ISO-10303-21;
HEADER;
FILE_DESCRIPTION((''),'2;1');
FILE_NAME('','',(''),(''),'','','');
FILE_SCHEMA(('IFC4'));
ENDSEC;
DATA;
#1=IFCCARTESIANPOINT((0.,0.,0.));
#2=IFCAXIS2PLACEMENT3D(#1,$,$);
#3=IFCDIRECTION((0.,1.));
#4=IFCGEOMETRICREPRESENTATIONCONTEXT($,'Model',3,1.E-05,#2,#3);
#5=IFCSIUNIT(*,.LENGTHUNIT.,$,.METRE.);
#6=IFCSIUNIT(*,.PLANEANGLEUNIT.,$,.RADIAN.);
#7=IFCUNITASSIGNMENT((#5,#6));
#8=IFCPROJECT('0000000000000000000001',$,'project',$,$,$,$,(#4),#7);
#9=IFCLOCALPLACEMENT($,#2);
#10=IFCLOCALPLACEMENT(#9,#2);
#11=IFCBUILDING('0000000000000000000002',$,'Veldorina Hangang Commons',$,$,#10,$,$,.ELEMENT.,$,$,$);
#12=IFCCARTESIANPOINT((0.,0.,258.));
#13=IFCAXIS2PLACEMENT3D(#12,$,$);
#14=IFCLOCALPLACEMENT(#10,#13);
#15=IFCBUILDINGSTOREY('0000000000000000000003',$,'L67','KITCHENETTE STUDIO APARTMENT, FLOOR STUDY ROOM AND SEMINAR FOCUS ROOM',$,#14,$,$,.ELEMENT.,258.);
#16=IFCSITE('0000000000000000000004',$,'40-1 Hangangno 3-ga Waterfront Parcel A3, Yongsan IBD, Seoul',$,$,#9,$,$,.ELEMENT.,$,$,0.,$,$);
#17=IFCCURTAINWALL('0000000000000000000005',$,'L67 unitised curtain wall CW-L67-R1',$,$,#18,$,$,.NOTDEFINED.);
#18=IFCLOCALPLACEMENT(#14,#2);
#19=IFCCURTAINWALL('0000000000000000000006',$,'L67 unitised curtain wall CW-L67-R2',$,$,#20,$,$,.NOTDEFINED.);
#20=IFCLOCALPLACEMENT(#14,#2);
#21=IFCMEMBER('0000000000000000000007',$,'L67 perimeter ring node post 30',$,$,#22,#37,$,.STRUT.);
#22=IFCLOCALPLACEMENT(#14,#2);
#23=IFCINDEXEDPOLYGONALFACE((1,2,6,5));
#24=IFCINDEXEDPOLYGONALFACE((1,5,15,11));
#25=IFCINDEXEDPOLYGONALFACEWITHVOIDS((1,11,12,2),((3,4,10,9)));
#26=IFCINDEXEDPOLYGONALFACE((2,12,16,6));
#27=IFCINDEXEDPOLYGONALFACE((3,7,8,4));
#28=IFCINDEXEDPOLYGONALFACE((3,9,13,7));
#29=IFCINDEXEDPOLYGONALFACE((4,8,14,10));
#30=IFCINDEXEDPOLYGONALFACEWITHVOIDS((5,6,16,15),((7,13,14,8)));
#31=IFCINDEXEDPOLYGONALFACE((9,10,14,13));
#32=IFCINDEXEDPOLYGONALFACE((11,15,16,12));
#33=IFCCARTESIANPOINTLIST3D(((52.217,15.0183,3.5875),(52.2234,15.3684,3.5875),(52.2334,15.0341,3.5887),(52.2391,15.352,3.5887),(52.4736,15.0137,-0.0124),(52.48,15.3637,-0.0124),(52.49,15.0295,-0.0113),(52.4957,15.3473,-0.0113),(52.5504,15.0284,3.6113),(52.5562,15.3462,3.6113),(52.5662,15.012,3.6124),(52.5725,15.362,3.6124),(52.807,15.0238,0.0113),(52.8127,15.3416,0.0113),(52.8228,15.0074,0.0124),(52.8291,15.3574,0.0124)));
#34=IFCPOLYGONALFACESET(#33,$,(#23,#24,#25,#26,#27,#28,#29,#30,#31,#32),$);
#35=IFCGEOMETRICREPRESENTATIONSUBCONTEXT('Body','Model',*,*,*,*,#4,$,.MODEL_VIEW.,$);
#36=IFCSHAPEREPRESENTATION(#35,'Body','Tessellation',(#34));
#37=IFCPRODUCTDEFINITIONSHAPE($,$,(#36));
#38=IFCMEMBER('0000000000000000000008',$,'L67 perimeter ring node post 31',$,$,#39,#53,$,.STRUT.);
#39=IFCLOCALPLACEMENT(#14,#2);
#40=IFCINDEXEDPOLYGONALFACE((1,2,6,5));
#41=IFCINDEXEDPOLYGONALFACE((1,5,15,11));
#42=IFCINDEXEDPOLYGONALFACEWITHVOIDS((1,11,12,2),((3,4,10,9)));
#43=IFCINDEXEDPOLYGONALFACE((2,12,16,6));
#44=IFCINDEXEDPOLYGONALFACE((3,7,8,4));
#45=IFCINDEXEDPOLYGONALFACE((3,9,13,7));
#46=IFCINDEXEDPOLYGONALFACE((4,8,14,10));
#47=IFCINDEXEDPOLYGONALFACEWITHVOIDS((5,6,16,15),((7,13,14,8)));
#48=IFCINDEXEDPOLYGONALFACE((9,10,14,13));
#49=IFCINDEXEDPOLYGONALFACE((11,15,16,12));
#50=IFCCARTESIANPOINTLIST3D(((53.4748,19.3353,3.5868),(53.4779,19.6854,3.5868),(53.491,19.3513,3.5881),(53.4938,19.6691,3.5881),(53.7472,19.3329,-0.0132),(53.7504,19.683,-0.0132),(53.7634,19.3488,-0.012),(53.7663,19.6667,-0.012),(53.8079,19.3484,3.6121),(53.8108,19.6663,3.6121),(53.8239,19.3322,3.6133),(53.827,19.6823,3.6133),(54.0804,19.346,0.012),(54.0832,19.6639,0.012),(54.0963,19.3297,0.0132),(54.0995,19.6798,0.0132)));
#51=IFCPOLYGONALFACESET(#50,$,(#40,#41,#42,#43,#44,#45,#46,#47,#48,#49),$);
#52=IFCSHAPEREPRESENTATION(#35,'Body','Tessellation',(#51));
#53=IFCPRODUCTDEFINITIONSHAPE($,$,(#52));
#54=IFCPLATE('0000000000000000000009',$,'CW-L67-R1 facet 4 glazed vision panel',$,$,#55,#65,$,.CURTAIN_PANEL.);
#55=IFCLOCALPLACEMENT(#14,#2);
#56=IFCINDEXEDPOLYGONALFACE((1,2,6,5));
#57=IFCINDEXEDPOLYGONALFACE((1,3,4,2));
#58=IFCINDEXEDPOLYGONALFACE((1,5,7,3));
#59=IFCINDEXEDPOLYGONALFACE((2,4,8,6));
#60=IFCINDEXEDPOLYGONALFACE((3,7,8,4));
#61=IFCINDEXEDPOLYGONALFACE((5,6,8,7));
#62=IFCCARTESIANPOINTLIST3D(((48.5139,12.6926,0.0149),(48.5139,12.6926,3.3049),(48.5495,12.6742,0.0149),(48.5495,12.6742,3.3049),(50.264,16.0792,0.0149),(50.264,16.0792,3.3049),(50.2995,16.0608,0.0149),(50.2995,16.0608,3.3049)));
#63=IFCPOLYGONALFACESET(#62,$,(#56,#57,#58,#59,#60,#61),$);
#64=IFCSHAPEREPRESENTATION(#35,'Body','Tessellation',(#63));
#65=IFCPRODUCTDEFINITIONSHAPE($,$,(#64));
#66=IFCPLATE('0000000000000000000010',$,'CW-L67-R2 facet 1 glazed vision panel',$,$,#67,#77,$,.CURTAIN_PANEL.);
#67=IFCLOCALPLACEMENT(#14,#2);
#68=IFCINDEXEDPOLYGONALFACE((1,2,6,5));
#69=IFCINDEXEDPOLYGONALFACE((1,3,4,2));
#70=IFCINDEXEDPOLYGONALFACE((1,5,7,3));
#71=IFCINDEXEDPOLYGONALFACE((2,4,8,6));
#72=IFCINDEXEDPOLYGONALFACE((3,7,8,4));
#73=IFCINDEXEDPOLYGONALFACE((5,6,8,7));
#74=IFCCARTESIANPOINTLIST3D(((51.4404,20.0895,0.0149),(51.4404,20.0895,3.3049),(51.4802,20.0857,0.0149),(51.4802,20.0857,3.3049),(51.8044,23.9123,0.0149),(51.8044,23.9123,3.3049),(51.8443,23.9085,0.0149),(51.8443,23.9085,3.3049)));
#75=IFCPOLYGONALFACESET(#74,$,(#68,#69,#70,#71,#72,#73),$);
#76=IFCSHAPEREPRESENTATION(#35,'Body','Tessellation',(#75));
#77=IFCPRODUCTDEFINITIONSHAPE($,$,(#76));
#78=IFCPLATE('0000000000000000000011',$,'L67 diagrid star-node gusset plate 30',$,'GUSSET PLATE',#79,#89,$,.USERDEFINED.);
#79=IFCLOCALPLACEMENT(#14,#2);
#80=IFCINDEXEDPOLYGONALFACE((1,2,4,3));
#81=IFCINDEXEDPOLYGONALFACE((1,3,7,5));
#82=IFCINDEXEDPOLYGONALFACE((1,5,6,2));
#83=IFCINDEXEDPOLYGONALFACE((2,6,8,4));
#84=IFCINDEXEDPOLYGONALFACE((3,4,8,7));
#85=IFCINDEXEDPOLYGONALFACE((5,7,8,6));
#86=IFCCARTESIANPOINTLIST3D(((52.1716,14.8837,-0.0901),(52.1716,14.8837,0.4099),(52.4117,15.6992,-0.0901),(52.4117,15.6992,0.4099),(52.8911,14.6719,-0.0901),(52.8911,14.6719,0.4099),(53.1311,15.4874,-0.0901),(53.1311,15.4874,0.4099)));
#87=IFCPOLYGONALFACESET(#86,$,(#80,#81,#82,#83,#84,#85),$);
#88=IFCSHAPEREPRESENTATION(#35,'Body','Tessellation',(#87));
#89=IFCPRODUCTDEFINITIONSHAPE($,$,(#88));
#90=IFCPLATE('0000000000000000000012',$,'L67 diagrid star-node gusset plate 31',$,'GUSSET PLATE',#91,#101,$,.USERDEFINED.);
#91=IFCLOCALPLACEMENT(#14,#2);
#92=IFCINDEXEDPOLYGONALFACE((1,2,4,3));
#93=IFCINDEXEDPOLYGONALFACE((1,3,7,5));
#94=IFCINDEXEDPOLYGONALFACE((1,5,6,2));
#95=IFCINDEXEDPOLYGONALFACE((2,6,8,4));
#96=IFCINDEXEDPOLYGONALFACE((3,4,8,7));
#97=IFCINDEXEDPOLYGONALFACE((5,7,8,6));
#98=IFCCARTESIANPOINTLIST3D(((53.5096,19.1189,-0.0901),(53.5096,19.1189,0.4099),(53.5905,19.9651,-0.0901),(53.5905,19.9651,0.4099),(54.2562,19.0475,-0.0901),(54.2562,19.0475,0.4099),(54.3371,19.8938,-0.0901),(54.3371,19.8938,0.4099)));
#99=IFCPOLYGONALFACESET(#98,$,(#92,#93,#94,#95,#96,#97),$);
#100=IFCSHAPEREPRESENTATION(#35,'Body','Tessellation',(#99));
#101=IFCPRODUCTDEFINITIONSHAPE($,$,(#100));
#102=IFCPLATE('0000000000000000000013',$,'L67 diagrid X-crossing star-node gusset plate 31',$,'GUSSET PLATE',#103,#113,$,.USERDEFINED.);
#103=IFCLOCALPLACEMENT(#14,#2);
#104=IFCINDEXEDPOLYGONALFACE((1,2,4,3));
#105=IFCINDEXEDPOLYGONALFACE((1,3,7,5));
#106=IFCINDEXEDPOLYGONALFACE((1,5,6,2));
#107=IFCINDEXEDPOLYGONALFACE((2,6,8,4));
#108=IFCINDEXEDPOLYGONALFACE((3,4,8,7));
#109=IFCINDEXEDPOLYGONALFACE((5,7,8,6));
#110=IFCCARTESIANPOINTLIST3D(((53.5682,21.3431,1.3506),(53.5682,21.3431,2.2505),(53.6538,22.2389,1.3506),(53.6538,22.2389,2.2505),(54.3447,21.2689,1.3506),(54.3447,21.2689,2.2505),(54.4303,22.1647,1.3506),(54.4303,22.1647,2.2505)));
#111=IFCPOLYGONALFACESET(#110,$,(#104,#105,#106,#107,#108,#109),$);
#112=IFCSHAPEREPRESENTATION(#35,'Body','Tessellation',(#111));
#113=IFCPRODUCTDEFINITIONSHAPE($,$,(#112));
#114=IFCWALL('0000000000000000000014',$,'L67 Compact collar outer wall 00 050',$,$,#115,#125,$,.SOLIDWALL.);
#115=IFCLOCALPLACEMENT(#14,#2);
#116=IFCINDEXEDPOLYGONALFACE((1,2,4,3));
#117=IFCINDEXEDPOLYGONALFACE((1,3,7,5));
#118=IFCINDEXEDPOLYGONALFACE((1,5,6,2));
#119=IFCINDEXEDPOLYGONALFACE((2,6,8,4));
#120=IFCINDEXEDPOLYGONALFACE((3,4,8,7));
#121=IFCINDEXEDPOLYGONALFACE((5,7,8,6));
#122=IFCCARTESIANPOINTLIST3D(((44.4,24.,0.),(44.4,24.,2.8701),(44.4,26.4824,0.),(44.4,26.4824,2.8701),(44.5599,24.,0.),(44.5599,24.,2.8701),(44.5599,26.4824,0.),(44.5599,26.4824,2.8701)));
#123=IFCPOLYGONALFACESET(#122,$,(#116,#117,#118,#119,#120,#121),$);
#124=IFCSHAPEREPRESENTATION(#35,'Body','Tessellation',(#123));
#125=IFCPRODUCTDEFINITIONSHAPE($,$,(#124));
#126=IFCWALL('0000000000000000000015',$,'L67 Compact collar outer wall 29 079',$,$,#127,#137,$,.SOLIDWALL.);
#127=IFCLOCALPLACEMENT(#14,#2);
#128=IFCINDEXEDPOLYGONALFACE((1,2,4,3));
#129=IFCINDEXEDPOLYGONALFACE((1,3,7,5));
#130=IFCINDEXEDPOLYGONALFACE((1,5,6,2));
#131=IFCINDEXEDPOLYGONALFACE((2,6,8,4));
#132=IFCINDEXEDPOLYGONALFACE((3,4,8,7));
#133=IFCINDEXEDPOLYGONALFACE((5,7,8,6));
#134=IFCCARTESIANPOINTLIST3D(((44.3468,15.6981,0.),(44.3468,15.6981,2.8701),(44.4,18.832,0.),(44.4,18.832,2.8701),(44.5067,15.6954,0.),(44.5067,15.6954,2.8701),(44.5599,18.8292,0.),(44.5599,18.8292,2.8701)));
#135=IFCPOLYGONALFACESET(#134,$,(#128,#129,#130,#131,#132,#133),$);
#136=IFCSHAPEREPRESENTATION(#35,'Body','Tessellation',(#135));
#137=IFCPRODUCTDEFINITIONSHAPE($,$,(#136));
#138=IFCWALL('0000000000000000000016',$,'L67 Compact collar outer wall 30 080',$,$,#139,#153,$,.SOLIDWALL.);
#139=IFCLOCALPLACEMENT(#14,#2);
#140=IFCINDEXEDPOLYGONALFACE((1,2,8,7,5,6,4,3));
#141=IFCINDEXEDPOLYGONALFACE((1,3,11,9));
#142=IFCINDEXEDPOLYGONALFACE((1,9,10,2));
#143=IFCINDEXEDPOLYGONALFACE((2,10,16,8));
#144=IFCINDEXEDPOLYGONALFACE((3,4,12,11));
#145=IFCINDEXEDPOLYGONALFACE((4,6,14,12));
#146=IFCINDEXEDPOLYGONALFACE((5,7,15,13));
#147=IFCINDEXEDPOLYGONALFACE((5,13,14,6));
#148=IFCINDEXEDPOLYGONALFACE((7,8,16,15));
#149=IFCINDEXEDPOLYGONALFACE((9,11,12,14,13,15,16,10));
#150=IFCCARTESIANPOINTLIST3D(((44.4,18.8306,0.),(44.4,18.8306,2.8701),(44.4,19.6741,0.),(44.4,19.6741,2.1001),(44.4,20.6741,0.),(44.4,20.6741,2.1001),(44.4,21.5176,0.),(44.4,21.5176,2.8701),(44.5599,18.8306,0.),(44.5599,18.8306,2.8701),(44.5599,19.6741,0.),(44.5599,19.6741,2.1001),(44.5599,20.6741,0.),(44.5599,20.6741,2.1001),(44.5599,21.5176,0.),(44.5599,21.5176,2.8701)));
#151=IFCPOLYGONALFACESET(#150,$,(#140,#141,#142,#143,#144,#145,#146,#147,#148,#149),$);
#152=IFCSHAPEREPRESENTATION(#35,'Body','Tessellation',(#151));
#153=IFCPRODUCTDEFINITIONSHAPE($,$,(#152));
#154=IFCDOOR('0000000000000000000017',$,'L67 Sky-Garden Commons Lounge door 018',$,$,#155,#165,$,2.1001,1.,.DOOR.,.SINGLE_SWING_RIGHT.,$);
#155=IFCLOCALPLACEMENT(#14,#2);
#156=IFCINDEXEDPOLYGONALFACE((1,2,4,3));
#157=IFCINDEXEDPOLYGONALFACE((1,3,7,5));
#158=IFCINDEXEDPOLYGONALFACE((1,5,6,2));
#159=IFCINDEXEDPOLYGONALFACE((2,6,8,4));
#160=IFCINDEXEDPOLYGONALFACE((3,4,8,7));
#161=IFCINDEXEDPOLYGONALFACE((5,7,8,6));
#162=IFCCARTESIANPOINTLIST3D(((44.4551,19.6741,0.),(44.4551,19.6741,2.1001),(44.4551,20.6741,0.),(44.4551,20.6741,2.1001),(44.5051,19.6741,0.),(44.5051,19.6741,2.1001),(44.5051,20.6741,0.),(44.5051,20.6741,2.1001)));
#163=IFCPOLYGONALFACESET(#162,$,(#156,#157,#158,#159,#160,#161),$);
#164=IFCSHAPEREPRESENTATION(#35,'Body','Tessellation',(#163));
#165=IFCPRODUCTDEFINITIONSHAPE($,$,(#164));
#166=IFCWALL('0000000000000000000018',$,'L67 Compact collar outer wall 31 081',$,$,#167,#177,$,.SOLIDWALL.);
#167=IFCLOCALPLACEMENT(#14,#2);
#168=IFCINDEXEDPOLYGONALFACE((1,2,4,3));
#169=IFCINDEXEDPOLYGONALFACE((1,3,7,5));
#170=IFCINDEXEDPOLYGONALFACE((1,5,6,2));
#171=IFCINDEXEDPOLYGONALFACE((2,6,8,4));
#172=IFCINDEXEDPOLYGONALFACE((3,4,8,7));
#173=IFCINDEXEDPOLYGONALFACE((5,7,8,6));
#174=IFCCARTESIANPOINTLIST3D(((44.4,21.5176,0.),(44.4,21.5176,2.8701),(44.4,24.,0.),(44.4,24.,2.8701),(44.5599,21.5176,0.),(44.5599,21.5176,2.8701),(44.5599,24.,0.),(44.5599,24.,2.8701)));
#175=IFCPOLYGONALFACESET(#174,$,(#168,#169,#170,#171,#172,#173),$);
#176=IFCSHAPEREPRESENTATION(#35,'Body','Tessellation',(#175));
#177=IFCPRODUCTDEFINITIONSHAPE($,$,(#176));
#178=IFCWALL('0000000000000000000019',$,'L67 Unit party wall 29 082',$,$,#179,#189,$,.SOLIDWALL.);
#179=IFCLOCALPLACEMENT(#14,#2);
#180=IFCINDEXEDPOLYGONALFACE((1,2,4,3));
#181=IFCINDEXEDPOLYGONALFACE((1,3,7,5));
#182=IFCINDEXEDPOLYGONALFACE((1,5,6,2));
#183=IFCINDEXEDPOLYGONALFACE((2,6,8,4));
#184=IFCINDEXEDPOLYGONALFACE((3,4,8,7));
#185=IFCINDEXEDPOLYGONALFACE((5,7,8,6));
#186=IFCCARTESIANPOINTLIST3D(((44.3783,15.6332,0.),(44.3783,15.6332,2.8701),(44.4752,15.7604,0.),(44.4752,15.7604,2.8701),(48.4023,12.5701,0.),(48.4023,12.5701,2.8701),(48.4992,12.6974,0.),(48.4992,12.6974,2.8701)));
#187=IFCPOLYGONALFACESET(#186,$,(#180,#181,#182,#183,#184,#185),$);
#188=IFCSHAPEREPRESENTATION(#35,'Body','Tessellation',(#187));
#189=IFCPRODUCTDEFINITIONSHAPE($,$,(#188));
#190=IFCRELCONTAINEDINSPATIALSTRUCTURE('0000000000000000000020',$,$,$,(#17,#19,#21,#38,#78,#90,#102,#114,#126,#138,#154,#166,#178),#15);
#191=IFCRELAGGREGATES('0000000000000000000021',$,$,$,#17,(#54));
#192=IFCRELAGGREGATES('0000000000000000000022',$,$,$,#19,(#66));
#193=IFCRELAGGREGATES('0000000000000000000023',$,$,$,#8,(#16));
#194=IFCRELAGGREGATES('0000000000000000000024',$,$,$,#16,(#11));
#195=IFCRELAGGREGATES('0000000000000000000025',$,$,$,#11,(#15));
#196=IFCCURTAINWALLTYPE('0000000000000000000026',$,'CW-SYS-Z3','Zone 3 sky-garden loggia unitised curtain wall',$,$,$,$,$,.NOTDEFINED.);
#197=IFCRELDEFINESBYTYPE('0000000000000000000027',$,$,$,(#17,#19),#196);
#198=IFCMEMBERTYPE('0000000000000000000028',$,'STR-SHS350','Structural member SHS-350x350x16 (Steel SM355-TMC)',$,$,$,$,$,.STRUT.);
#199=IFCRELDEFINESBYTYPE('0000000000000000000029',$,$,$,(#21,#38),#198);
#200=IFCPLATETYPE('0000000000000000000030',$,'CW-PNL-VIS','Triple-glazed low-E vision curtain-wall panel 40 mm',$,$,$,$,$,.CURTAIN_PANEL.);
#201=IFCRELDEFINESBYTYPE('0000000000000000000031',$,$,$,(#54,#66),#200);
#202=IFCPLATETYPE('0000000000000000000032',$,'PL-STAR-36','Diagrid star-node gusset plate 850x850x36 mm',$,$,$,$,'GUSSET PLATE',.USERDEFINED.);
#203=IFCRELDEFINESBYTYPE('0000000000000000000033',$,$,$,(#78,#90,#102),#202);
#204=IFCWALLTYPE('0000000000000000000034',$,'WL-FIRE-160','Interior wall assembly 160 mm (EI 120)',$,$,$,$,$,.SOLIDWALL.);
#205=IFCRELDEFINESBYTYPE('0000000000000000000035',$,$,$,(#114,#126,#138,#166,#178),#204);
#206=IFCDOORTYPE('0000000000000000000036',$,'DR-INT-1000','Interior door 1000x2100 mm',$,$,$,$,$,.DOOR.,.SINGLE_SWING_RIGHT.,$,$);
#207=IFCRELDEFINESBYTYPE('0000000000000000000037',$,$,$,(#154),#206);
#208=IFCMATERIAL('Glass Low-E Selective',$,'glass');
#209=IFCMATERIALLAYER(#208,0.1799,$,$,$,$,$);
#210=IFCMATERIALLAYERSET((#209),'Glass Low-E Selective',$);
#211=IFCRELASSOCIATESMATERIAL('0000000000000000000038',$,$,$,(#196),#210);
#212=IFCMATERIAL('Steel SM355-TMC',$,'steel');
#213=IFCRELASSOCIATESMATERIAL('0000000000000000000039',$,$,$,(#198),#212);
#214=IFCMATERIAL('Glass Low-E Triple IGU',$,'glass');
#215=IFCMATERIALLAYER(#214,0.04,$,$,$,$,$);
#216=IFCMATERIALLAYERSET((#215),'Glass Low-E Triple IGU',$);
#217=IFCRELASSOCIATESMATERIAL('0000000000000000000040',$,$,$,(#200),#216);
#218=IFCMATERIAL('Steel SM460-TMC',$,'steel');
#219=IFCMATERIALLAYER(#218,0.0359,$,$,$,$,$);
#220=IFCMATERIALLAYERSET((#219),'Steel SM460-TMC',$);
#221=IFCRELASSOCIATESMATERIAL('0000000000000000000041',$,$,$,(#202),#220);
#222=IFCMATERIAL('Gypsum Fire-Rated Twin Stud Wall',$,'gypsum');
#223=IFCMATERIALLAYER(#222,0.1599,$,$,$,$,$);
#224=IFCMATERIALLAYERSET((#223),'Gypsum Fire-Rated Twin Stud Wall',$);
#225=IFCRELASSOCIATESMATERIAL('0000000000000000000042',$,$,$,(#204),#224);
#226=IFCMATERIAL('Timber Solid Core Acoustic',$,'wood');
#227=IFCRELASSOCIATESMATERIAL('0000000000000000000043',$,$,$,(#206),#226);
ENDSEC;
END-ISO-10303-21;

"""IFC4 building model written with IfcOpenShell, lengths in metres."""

from ifc_helpers import new_model, si_unit, direction, frame, frame_2d, origin, origin_2d, place, context, subcontext, project, spatial, rectangle, hollow_rectangle, extrude, material, layer, layer_set, material_profile, profile_set, type_object, element, fill, aggregate, save


model = new_model("IFC4")

# Units and contexts
model_context = context("Model", 3, precision=1e-05, world=origin(), true_north=direction((0.0, 1.0)))
body_context = subcontext(model_context, "Body", "Model", "MODEL_VIEW")
ifc_project = project(units=[si_unit("LENGTHUNIT", "METRE"), si_unit("PLANEANGLEUNIT", "RADIAN")], contexts=[model_context])

# Site, building, storey
site_placement = place(None, origin())
site = spatial("IfcSite", under=ifc_project, at=site_placement, Name="40-1 Hangangno 3-ga Waterfront Parcel A3, Yongsan IBD, Seoul", CompositionType="ELEMENT", RefElevation=0.0)
building_placement = place(site_placement, origin())
building = spatial("IfcBuilding", under=site, at=building_placement, Name="Veldorina Hangang Commons", CompositionType="ELEMENT")
storey_placement = place(building_placement, frame((0.0, 0.0, 258.0)))
storey = spatial("IfcBuildingStorey", under=building, at=storey_placement, Name="L67", Description="KITCHENETTE STUDIO APARTMENT, FLOOR STUDY ROOM AND SEMINAR FOCUS ROOM", CompositionType="ELEMENT", Elevation=258.0)

# Shared definitions
ifc_material_1 = material(Name="Steel SM355-TMC", Category="steel")

# Curtain wall
ifc_material_2 = material(Name="Glass Low-E Selective", Category="glass")
ifc_layer_1 = layer(ifc_material_2, 0.1799)
ifc_layer_set_1 = layer_set([ifc_layer_1], Name="Glass Low-E Selective")
curtain_wall_type = type_object("IfcCurtainWallType", Name="CW-SYS-Z3", Description="Zone 3 sky-garden loggia unitised curtain wall", PredefinedType="NOTDEFINED", material=ifc_layer_set_1)
curtain_wall_1_placement = place(storey_placement, origin())
curtain_wall_1 = element("IfcCurtainWall", 1, at=curtain_wall_1_placement, inside=storey, type_object=curtain_wall_type, Name="L67 unitised curtain wall CW-L67-R1", PredefinedType="NOTDEFINED")

# Curtain wall
curtain_wall_2_placement = place(storey_placement, origin())
curtain_wall_2 = element("IfcCurtainWall", 2, at=curtain_wall_2_placement, inside=storey, type_object=curtain_wall_type, Name="L67 unitised curtain wall CW-L67-R2", PredefinedType="NOTDEFINED")

# Members
ifc_material_profile_1 = material_profile(ifc_material_1, hollow_rectangle(XDim=0.3501, YDim=0.3501, WallThickness=0.0161, at=origin_2d()), Name="SHS-350x350x16")
ifc_profile_set_1 = profile_set([ifc_material_profile_1], Name="Steel SM355-TMC")
member_type_1 = type_object("IfcMemberType", Name="STR-SHS350", Description="Structural member SHS-350x350x16 (Steel SM355-TMC)", PredefinedType="STRUT", material=ifc_profile_set_1)
member_1_placement = place(storey_placement, frame((52.6514, 15.1855, 0.0), z_axis=(-0.071093, 0.001285, 0.997469), x_axis=(-0.018075, -0.999837, 0.0)))
element("IfcMember", 3, at=member_1_placement, inside=storey, type_object=member_type_1, Name="L67 perimeter ring node post 30", PredefinedType="STRUT", context=body_context, shape_type="SweptSolid", body=[
    extrude(hollow_rectangle(XDim=0.3501, YDim=0.3501, WallThickness=0.0161, at=origin_2d()), origin(), (0.0, 0.0, 1.0), 3.6091),
])
member_2_placement = place(storey_placement, frame((53.9233, 19.5063, 0.0), z_axis=(-0.075466, 0.000676, 0.997148), x_axis=(-0.00896, -0.99996, 0.0)))
element("IfcMember", 4, at=member_2_placement, inside=storey, type_object=member_type_1, Name="L67 perimeter ring node post 31", PredefinedType="STRUT", context=body_context, shape_type="SweptSolid", body=[
    extrude(hollow_rectangle(XDim=0.3501, YDim=0.3501, WallThickness=0.0161, at=origin_2d()), origin(), (0.0, 0.0, 1.0), 3.6104),
])

# Plates
ifc_material_3 = material(Name="Glass Low-E Triple IGU", Category="glass")
ifc_layer_2 = layer(ifc_material_3, 0.04)
ifc_layer_set_2 = layer_set([ifc_layer_2], Name="Glass Low-E Triple IGU")
plate_type_1 = type_object("IfcPlateType", Name="CW-PNL-VIS", Description="Triple-glazed low-E vision curtain-wall panel 40 mm", PredefinedType="CURTAIN_PANEL", material=ifc_layer_set_2)
plate_1_placement = place(storey_placement, frame((49.4067, 14.3767, 0.0149), z_axis=(0.0, 0.0, 1.0), x_axis=(0.459084, 0.888393, 0.0)))
plate_1 = element("IfcPlate", 5, at=plate_1_placement, type_object=plate_type_1, Name="CW-L67-R1 facet 4 glazed vision panel", PredefinedType="CURTAIN_PANEL", context=body_context, shape_type="SweptSolid", body=[
    extrude(rectangle(XDim=3.812, YDim=0.04, at=origin_2d()), origin(), (0.0, 0.0, 1.0), 3.29),
])
aggregate(curtain_wall_1, [plate_1])
plate_2_placement = place(storey_placement, frame((51.6423, 21.999, 0.0149), z_axis=(0.0, 0.0, 1.0), x_axis=(0.094803, 0.995496, 0.0)))
plate_2 = element("IfcPlate", 6, at=plate_2_placement, type_object=plate_type_1, Name="CW-L67-R2 facet 1 glazed vision panel", PredefinedType="CURTAIN_PANEL", context=body_context, shape_type="SweptSolid", body=[
    extrude(rectangle(XDim=3.8401, YDim=0.04, at=origin_2d()), origin(), (0.0, 0.0, 1.0), 3.29),
])
aggregate(curtain_wall_2, [plate_2])

# Plates
ifc_material_4 = material(Name="Steel SM460-TMC", Category="steel")
ifc_layer_3 = layer(ifc_material_4, 0.0359)
ifc_layer_set_3 = layer_set([ifc_layer_3], Name="Steel SM460-TMC")
plate_type_2 = type_object("IfcPlateType", Name="PL-STAR-36", Description="Diagrid star-node gusset plate 850x850x36 mm", ElementType="GUSSET PLATE", PredefinedType="USERDEFINED", material=ifc_layer_set_3)
for number, where, z_axis, x_axis, name in (
    (7, (52.6514, 15.1855, -0.0901), (0.0, 0.0, 1.0), (0.282408, 0.959294, 0.0), "L67 diagrid star-node gusset plate 30"),
    (8, (53.9233, 19.5063, -0.0901), (0.0, 0.0, 1.0), (0.095151, 0.995463, 0.0), "L67 diagrid star-node gusset plate 31"),
):
    element("IfcPlate", number, at=place(storey_placement, frame(where, z_axis=z_axis, x_axis=x_axis)), inside=storey, type_object=plate_type_2, Name=name, ObjectType="GUSSET PLATE", PredefinedType="USERDEFINED", context=body_context, shape_type="SweptSolid", body=[
        extrude(rectangle(XDim=0.8501, YDim=0.75, at=origin_2d()), origin(), (0.0, 0.0, 1.0), 0.5),
    ])
plate_3_placement = place(storey_placement, frame((53.9993, 21.7539, 1.3506), z_axis=(0.0, 0.0, 1.0), x_axis=(0.095151, 0.995463, 0.0)))
element("IfcPlate", 9, at=plate_3_placement, inside=storey, type_object=plate_type_2, Name="L67 diagrid X-crossing star-node gusset plate 31", ObjectType="GUSSET PLATE", PredefinedType="USERDEFINED", context=body_context, shape_type="SweptSolid", body=[
    extrude(rectangle(XDim=0.8999, YDim=0.78, at=origin_2d()), origin(), (0.0, 0.0, 1.0), 0.8999),
])

# Walls
ifc_material_5 = material(Name="Gypsum Fire-Rated Twin Stud Wall", Category="gypsum")
ifc_layer_4 = layer(ifc_material_5, 0.1599)
ifc_layer_set_4 = layer_set([ifc_layer_4], Name="Gypsum Fire-Rated Twin Stud Wall")
wall_type_1 = type_object("IfcWallType", Name="WL-FIRE-160", Description="Interior wall assembly 160 mm (EI 120)", PredefinedType="SOLIDWALL", material=ifc_layer_set_4)
wall_1_placement = place(storey_placement, frame((44.48, 24.0, 0.0), z_axis=(0.0, 0.0, 1.0), x_axis=(0.0, 1.0, 0.0)))
element("IfcWall", 10, at=wall_1_placement, inside=storey, type_object=wall_type_1, Name="L67 Compact collar outer wall 00 050", PredefinedType="SOLIDWALL", context=body_context, shape_type="SweptSolid", body=[
    extrude(rectangle(XDim=2.4824, YDim=0.1599, at=frame_2d((1.2412, 0.0))), origin(), (0.0, 0.0, 1.0), 2.8701),
])
wall_2_placement = place(storey_placement, frame((44.4268, 15.6968, 0.0), z_axis=(0.0, 0.0, 1.0), x_axis=(0.016981, 0.999856, 0.0)))
element("IfcWall", 11, at=wall_2_placement, inside=storey, type_object=wall_type_1, Name="L67 Compact collar outer wall 29 079", PredefinedType="SOLIDWALL", context=body_context, shape_type="SweptSolid", body=[
    extrude(rectangle(XDim=3.1343, YDim=0.1599, at=frame_2d((1.5671, 0.0))), origin(), (0.0, 0.0, 1.0), 2.8701),
])

# Wall, opening, door
wall_3_placement = place(storey_placement, frame((44.48, 18.8306, 0.0), z_axis=(0.0, 0.0, 1.0), x_axis=(0.0, 1.0, 0.0)))
wall_3 = element("IfcWall", 12, at=wall_3_placement, inside=storey, type_object=wall_type_1, Name="L67 Compact collar outer wall 30 080", PredefinedType="SOLIDWALL", context=body_context, shape_type="SweptSolid", body=[
    extrude(rectangle(XDim=2.687, YDim=0.1599, at=frame_2d((1.3435, 0.0))), origin(), (0.0, 0.0, 1.0), 2.8701),
])
opening_1_placement = place(wall_3_placement, frame((0.8435, 0.0, 0.0)))
opening_1 = element("IfcOpeningElement", 13, at=opening_1_placement, cuts=wall_3, PredefinedType="OPENING", context=body_context, shape_type="SweptSolid", body=[
    extrude(rectangle(XDim=1.0, YDim=2.1001, at=frame_2d((0.5, 1.05))), frame((0.0, 0.0898, 0.0), z_axis=(0.0, -1.0, 0.0), x_axis=(1.0, 0.0, 0.0)), (0.0, 0.0, 1.0), 0.1799),
])
ifc_material_6 = material(Name="Timber Solid Core Acoustic", Category="wood")
door_type_1 = type_object("IfcDoorType", Name="DR-INT-1000", Description="Interior door 1000x2100 mm", OperationType="SINGLE_SWING_RIGHT", PredefinedType="DOOR", material=ifc_material_6)
door_1_placement = place(opening_1_placement, origin())
door_1 = element("IfcDoor", 14, at=door_1_placement, inside=storey, type_object=door_type_1, Name="L67 Sky-Garden Commons Lounge door 018", OperationType="SINGLE_SWING_RIGHT", OverallHeight=2.1001, OverallWidth=1.0, PredefinedType="DOOR", context=body_context, shape_type="SweptSolid", body=[
    extrude(rectangle(XDim=1.0, YDim=2.1001, at=frame_2d((0.5, 1.05))), frame((0.0, 0.0249, 0.0), z_axis=(0.0, -1.0, 0.0), x_axis=(1.0, 0.0, 0.0)), (0.0, 0.0, 1.0), 0.05),
])
fill(opening_1, door_1)

# Walls
wall_4_placement = place(storey_placement, frame((44.48, 21.5176, 0.0), z_axis=(0.0, 0.0, 1.0), x_axis=(0.0, 1.0, 0.0)))
element("IfcWall", 15, at=wall_4_placement, inside=storey, type_object=wall_type_1, Name="L67 Compact collar outer wall 31 081", PredefinedType="SOLIDWALL", context=body_context, shape_type="SweptSolid", body=[
    extrude(rectangle(XDim=2.4824, YDim=0.1599, at=frame_2d((1.2412, 0.0))), origin(), (0.0, 0.0, 1.0), 2.8701),
])
wall_5_placement = place(storey_placement, frame((44.4268, 15.6968, 0.0), z_axis=(0.0, 0.0, 1.0), x_axis=(0.795704, -0.605685, 0.0)))
element("IfcWall", 16, at=wall_5_placement, inside=storey, type_object=wall_type_1, Name="L67 Unit party wall 29 082", PredefinedType="SOLIDWALL", context=body_context, shape_type="SweptSolid", body=[
    extrude(rectangle(XDim=5.0571, YDim=0.1599, at=frame_2d((2.5286, 0.0))), origin(), (0.0, 0.0, 1.0), 2.8701),
])

save(model, "model.ifc")
